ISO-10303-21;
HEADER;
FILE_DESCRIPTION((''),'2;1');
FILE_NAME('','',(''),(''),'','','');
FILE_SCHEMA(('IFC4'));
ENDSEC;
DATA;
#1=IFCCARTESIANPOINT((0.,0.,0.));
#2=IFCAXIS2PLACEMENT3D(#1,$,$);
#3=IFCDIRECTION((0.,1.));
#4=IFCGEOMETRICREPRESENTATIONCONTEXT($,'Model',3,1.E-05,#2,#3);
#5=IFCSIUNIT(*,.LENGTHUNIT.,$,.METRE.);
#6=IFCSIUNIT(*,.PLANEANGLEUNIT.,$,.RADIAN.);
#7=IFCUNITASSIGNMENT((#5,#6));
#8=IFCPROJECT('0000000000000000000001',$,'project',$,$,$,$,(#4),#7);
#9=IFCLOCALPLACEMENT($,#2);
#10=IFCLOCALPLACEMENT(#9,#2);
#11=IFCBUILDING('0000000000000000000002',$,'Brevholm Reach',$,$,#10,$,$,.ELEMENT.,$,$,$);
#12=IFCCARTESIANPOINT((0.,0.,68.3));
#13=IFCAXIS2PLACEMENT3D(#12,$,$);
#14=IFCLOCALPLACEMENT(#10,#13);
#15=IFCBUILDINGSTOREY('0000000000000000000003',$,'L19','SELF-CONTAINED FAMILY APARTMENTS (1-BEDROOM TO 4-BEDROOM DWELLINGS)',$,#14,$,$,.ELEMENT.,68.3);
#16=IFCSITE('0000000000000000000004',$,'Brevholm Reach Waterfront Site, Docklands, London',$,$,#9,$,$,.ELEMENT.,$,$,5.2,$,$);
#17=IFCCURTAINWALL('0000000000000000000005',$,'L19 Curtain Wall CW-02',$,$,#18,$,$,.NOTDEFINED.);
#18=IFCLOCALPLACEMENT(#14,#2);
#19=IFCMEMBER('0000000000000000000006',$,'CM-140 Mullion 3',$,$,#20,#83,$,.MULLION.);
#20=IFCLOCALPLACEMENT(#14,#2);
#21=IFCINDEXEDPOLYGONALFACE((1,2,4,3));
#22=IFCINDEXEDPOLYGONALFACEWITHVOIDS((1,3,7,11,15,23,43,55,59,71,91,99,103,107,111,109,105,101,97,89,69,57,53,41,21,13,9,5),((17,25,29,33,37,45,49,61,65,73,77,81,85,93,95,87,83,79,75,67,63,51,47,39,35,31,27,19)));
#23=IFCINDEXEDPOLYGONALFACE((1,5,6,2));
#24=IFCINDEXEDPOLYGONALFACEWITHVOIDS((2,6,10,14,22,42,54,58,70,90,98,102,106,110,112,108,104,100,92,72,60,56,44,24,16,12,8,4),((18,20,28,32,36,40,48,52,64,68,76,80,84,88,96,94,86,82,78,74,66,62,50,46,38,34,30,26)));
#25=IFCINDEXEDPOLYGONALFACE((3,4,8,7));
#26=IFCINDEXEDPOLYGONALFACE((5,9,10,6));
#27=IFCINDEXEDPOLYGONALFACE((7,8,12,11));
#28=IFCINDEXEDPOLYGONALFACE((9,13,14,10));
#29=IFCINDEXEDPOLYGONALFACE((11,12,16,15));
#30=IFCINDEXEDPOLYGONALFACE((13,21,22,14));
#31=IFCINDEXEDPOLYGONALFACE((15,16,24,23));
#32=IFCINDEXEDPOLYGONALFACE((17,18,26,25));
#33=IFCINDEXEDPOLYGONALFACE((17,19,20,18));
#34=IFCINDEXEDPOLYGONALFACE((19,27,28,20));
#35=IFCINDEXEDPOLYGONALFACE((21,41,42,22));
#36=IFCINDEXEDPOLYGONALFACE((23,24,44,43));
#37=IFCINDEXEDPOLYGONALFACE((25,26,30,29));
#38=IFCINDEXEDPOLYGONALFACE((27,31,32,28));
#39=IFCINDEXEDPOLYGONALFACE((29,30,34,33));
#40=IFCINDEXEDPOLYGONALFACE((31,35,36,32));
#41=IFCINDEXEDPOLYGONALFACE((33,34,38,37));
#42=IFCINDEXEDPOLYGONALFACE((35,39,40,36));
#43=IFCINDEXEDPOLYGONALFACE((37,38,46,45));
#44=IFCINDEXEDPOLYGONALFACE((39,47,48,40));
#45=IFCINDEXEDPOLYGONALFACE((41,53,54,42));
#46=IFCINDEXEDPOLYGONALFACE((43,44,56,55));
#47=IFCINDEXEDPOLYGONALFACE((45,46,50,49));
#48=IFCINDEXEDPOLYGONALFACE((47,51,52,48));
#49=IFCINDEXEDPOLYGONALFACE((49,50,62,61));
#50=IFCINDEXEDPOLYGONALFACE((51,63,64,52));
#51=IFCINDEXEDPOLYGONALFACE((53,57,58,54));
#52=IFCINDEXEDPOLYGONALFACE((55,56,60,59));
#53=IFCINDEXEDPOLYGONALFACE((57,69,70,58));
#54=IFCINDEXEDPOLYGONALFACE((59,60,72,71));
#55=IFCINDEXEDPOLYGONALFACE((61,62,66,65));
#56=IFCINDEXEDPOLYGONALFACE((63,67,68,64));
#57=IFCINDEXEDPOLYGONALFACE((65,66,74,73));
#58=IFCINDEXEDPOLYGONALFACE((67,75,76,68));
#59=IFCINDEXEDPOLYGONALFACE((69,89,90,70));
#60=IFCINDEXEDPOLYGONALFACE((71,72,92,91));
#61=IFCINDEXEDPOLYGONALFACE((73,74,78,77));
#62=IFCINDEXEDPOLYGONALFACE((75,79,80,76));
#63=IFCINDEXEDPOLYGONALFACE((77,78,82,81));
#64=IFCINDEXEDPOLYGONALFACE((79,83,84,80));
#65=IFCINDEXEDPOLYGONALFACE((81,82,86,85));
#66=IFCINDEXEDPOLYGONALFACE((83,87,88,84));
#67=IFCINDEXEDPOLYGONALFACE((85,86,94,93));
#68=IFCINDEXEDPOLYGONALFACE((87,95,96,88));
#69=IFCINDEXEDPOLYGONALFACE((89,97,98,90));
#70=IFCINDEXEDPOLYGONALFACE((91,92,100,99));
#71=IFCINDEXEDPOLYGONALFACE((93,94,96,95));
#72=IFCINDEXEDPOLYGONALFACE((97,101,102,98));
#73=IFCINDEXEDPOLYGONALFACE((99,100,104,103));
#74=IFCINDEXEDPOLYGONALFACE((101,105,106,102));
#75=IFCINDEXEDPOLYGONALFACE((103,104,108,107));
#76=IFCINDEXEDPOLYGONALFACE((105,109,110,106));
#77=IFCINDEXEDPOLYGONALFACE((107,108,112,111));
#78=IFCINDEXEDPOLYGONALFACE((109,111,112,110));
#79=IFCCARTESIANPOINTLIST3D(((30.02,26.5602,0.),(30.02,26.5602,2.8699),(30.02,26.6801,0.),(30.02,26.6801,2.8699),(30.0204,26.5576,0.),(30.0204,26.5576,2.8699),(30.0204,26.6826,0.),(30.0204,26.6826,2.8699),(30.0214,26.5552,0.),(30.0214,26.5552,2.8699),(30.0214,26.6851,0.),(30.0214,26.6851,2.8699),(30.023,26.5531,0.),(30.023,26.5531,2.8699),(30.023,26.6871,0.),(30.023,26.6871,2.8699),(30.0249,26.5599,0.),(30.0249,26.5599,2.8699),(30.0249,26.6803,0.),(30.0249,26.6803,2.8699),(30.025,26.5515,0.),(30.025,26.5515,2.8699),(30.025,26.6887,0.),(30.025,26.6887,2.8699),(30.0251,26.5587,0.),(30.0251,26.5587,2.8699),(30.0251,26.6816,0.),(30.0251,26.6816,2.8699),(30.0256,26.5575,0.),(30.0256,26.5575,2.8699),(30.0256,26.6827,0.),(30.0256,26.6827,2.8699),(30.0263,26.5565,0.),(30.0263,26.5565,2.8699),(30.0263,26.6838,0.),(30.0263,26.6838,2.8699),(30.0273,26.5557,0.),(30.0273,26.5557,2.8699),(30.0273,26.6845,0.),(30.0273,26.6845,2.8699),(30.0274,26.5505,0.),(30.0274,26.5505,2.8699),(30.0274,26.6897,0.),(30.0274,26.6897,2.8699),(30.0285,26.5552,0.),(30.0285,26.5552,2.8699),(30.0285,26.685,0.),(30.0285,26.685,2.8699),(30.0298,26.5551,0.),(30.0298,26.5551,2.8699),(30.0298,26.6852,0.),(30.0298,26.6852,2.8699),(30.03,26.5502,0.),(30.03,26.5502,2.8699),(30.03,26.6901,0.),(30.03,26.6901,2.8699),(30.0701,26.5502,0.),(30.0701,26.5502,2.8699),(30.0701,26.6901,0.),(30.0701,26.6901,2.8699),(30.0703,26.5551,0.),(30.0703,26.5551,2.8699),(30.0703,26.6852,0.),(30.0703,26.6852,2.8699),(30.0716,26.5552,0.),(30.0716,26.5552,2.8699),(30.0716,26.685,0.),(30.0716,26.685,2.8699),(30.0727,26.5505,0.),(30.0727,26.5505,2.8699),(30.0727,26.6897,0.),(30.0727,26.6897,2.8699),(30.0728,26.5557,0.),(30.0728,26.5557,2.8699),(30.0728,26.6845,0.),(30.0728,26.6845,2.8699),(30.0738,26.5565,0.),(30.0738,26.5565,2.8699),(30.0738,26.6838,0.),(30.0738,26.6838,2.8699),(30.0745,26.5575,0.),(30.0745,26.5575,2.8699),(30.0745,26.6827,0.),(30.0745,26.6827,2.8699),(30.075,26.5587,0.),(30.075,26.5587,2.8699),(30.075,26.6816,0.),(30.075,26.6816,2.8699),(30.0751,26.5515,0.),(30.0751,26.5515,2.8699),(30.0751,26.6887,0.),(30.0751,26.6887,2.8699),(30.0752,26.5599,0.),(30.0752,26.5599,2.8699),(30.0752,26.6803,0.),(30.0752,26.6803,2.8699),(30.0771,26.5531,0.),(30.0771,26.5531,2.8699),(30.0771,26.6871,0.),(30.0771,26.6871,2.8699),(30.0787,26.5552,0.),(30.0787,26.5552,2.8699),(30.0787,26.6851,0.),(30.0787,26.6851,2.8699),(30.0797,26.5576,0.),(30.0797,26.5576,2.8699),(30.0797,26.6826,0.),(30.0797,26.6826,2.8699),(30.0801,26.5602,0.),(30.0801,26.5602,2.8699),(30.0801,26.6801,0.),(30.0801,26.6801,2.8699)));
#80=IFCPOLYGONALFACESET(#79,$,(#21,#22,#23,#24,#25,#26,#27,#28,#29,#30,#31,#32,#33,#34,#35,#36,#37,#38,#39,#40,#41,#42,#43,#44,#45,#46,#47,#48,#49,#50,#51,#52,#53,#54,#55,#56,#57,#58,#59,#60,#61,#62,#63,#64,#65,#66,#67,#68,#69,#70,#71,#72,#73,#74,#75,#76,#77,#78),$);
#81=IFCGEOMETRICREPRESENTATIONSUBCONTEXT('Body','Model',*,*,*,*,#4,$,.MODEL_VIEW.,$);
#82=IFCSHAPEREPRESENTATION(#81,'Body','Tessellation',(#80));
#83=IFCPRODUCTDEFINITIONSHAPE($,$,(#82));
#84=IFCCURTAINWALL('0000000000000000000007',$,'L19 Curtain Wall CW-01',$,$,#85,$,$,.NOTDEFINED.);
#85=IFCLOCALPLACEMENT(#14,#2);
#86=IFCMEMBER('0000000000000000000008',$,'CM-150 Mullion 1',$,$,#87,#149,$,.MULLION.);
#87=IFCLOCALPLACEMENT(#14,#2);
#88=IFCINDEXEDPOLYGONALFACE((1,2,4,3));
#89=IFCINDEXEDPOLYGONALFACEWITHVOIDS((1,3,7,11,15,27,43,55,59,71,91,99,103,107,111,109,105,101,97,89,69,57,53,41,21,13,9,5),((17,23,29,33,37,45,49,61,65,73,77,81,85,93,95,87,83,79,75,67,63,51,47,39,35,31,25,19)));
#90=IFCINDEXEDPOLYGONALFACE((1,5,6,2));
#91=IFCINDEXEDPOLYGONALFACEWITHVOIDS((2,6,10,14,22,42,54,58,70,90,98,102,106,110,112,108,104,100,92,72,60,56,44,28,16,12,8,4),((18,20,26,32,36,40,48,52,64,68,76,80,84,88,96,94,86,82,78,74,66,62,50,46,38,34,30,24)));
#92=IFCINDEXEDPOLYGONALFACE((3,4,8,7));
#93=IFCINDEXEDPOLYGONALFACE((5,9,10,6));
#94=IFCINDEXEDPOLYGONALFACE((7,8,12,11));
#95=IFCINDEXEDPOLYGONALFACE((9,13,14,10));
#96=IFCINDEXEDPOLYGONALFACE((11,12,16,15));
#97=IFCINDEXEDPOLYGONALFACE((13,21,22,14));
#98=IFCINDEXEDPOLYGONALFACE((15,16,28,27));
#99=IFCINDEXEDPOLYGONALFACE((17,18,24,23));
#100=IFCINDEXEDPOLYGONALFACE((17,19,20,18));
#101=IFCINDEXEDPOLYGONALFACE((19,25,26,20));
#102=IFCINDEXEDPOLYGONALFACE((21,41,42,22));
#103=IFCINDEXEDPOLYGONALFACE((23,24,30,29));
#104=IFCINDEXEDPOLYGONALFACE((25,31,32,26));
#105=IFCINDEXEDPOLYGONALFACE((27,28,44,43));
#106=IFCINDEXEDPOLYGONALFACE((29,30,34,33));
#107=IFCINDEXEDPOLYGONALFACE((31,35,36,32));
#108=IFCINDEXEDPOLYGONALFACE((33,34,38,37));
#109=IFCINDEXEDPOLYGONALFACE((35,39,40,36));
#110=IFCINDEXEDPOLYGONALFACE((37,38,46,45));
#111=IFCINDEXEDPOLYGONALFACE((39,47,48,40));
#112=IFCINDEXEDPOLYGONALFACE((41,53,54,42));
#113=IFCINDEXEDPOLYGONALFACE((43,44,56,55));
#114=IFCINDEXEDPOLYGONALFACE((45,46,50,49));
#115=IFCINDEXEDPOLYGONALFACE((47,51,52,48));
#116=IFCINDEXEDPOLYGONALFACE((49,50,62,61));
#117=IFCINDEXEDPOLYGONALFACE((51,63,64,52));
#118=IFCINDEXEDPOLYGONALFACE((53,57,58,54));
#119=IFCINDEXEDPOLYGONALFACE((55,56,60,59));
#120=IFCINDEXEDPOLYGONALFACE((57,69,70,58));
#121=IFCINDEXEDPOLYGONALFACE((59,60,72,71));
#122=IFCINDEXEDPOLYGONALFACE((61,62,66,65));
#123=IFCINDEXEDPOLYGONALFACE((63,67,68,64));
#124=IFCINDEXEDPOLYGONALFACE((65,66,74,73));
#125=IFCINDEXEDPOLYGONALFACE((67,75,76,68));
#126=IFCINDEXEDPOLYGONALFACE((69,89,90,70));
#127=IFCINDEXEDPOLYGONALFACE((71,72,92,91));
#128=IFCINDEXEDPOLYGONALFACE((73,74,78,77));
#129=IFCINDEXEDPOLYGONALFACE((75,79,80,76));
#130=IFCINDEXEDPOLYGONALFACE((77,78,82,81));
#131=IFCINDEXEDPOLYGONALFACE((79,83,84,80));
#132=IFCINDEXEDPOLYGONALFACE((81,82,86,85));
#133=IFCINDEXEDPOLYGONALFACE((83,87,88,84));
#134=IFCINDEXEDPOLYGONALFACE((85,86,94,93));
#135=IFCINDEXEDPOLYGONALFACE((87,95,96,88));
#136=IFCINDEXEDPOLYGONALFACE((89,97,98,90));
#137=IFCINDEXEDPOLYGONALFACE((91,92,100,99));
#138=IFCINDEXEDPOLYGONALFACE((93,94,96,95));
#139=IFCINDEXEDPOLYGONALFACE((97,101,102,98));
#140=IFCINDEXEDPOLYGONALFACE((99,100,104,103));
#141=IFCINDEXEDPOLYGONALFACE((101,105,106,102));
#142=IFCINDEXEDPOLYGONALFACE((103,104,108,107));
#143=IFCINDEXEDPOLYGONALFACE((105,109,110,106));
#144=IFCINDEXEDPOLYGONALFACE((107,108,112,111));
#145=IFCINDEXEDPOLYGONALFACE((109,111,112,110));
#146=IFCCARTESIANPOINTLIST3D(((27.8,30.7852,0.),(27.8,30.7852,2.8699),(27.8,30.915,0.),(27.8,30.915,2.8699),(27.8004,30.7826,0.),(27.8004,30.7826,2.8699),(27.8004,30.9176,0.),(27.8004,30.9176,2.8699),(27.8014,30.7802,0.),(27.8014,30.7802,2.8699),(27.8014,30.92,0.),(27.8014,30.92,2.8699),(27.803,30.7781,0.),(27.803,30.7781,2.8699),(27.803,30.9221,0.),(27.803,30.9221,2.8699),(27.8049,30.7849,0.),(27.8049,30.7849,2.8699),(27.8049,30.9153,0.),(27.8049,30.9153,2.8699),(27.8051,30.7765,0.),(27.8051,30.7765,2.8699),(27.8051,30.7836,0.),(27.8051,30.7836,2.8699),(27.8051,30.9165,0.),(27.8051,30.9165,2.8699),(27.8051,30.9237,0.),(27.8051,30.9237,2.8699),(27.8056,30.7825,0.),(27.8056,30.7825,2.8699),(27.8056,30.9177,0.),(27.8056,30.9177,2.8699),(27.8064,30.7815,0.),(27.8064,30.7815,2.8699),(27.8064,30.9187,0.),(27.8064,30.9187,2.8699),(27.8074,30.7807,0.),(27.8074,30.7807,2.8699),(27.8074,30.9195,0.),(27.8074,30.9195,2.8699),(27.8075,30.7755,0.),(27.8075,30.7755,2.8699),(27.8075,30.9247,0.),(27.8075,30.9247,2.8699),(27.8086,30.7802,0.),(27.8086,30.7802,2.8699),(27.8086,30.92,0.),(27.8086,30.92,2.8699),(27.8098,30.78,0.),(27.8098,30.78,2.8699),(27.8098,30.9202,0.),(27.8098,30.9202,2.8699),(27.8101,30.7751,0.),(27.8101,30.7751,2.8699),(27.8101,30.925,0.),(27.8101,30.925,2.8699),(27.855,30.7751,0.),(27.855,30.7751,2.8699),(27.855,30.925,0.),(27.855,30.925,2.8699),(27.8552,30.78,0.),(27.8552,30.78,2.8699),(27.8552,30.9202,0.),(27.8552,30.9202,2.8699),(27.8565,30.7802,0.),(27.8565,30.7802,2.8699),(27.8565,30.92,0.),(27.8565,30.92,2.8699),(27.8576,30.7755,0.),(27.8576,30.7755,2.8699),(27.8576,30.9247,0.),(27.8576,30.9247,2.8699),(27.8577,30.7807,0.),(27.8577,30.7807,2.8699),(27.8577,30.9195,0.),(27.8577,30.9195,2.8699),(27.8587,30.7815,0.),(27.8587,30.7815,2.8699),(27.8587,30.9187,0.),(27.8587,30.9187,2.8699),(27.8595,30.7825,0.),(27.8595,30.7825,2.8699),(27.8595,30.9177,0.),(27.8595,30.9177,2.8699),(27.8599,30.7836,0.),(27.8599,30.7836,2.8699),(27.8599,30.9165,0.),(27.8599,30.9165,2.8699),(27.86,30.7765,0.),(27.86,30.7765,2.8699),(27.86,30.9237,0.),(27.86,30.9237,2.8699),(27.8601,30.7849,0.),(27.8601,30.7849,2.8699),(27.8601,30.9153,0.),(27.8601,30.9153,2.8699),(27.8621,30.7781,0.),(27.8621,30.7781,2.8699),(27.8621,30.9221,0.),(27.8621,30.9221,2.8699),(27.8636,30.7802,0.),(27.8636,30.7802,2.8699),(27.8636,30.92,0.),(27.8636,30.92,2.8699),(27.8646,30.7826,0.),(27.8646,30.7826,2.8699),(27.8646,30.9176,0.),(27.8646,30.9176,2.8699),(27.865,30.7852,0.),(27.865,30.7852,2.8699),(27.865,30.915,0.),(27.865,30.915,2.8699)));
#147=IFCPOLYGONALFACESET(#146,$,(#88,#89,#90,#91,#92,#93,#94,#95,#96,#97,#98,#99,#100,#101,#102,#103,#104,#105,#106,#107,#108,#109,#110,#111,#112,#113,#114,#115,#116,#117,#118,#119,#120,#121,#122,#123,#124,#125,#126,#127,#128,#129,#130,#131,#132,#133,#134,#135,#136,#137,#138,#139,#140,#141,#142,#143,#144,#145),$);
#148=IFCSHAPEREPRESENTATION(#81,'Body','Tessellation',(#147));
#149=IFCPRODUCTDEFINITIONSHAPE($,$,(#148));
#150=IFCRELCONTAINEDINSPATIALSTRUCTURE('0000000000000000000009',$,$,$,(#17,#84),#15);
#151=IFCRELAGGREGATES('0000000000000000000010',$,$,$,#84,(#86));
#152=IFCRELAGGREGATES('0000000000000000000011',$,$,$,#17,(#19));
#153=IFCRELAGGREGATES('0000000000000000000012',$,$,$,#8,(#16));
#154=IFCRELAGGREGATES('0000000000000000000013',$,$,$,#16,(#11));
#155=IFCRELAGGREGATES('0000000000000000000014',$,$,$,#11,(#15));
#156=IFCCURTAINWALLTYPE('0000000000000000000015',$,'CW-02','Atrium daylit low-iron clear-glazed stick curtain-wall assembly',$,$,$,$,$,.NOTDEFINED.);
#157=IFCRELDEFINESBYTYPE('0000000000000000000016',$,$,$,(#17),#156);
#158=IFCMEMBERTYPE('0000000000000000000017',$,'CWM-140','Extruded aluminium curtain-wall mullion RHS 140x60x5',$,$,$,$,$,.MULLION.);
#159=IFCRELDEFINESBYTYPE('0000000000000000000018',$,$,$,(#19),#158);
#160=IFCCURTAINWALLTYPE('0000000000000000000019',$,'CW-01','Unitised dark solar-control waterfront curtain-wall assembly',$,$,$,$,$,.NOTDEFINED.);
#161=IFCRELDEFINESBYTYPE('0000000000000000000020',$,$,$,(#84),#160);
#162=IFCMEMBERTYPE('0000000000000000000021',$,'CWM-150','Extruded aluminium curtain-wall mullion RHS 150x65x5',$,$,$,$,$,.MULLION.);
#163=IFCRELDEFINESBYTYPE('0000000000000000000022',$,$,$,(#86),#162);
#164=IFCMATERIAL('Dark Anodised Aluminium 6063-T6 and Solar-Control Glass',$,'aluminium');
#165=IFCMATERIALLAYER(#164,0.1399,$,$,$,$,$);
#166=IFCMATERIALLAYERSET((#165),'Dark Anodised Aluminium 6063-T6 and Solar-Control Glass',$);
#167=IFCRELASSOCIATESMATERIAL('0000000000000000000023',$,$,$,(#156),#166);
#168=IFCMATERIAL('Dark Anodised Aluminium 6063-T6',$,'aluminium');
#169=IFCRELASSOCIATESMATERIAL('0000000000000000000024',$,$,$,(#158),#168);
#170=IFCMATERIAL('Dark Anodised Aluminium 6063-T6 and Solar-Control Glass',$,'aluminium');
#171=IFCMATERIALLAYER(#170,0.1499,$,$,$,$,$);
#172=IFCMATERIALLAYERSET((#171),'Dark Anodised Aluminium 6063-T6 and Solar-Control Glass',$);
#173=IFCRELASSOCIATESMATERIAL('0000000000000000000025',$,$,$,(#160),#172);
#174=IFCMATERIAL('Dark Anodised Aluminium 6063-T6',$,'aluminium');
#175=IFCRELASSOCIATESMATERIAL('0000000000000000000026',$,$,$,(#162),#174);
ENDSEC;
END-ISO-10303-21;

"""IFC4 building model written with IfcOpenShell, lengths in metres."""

from ifc_helpers import new_model, si_unit, direction, frame, origin, origin_2d, place, context, subcontext, project, spatial, hollow_rectangle, extrude, material, layer, layer_set, material_profile, profile_set, type_object, element, aggregate, save


model = new_model("IFC4")

# Units and contexts
model_context = context("Model", 3, precision=1e-05, world=origin(), true_north=direction((0.0, 1.0)))
body_context = subcontext(model_context, "Body", "Model", "MODEL_VIEW")
ifc_project = project(units=[si_unit("LENGTHUNIT", "METRE"), si_unit("PLANEANGLEUNIT", "RADIAN")], contexts=[model_context])

# Site, building, storey
site_placement = place(None, origin())
site = spatial("IfcSite", under=ifc_project, at=site_placement, Name="Brevholm Reach Waterfront Site, Docklands, London", CompositionType="ELEMENT", RefElevation=5.2)
building_placement = place(site_placement, origin())
building = spatial("IfcBuilding", under=site, at=building_placement, Name="Brevholm Reach", CompositionType="ELEMENT")
storey_placement = place(building_placement, frame((0.0, 0.0, 68.3)))
storey = spatial("IfcBuildingStorey", under=building, at=storey_placement, Name="L19", Description="SELF-CONTAINED FAMILY APARTMENTS (1-BEDROOM TO 4-BEDROOM DWELLINGS)", CompositionType="ELEMENT", Elevation=68.3)

# Curtain walls, members
ifc_material_1 = material(Name="Dark Anodised Aluminium 6063-T6 and Solar-Control Glass", Category="aluminium")
ifc_layer_1 = layer(ifc_material_1, 0.1399)
ifc_layer_set_1 = layer_set([ifc_layer_1], Name="Dark Anodised Aluminium 6063-T6 and Solar-Control Glass")
curtain_wall_type_1 = type_object("IfcCurtainWallType", Name="CW-02", Description="Atrium daylit low-iron clear-glazed stick curtain-wall assembly", PredefinedType="NOTDEFINED", material=ifc_layer_set_1)
curtain_wall_1_placement = place(storey_placement, origin())
curtain_wall_1 = element("IfcCurtainWall", 1, at=curtain_wall_1_placement, inside=storey, type_object=curtain_wall_type_1, Name="L19 Curtain Wall CW-02", PredefinedType="NOTDEFINED")
ifc_material_2 = material(Name="Dark Anodised Aluminium 6063-T6", Category="aluminium")
ifc_material_profile_1 = material_profile(ifc_material_2, hollow_rectangle(XDim=0.0601, YDim=0.1399, WallThickness=0.0049, InnerFilletRadius=0.0049, OuterFilletRadius=0.01, at=origin_2d()), Name="RHS 140x60x5")
ifc_profile_set_1 = profile_set([ifc_material_profile_1], Name="Dark Anodised Aluminium 6063-T6")
member_type_1 = type_object("IfcMemberType", Name="CWM-140", Description="Extruded aluminium curtain-wall mullion RHS 140x60x5", PredefinedType="MULLION", material=ifc_profile_set_1)
member_1_placement = place(storey_placement, frame((30.05, 26.6201, 0.0), z_axis=(0.0, 0.0, 1.0), x_axis=(-1.0, 0.0, 0.0)))
member_1 = element("IfcMember", 2, at=member_1_placement, type_object=member_type_1, Name="CM-140 Mullion 3", PredefinedType="MULLION", context=body_context, shape_type="SweptSolid", body=[
    extrude(hollow_rectangle(XDim=0.0601, YDim=0.1399, WallThickness=0.0049, InnerFilletRadius=0.0049, OuterFilletRadius=0.01, at=origin_2d()), origin(), (0.0, 0.0, 1.0), 2.8699),
])
ifc_material_3 = material(Name="Dark Anodised Aluminium 6063-T6 and Solar-Control Glass", Category="aluminium")
ifc_layer_2 = layer(ifc_material_3, 0.1499)
ifc_layer_set_2 = layer_set([ifc_layer_2], Name="Dark Anodised Aluminium 6063-T6 and Solar-Control Glass")
curtain_wall_type_2 = type_object("IfcCurtainWallType", Name="CW-01", Description="Unitised dark solar-control waterfront curtain-wall assembly", PredefinedType="NOTDEFINED", material=ifc_layer_set_2)
curtain_wall_2_placement = place(storey_placement, origin())
curtain_wall_2 = element("IfcCurtainWall", 3, at=curtain_wall_2_placement, inside=storey, type_object=curtain_wall_type_2, Name="L19 Curtain Wall CW-01", PredefinedType="NOTDEFINED")
ifc_material_4 = material(Name="Dark Anodised Aluminium 6063-T6", Category="aluminium")
ifc_material_profile_2 = material_profile(ifc_material_4, hollow_rectangle(XDim=0.0649, YDim=0.1499, WallThickness=0.0049, InnerFilletRadius=0.0049, OuterFilletRadius=0.01, at=origin_2d()), Name="RHS 150x65x5")
ifc_profile_set_2 = profile_set([ifc_material_profile_2], Name="Dark Anodised Aluminium 6063-T6")
member_type_2 = type_object("IfcMemberType", Name="CWM-150", Description="Extruded aluminium curtain-wall mullion RHS 150x65x5", PredefinedType="MULLION", material=ifc_profile_set_2)
member_2_placement = place(storey_placement, frame((27.8325, 30.8501, 0.0), z_axis=(0.0, 0.0, 1.0), x_axis=(1.0, 0.0, 0.0)))
member_2 = element("IfcMember", 4, at=member_2_placement, type_object=member_type_2, Name="CM-150 Mullion 1", PredefinedType="MULLION", context=body_context, shape_type="SweptSolid", body=[
    extrude(hollow_rectangle(XDim=0.0649, YDim=0.1499, WallThickness=0.0049, InnerFilletRadius=0.0049, OuterFilletRadius=0.01, at=origin_2d()), origin(), (0.0, 0.0, 1.0), 2.8699),
])

aggregate(curtain_wall_2, [member_2])
aggregate(curtain_wall_1, [member_1])

save(model, "model.ifc")
